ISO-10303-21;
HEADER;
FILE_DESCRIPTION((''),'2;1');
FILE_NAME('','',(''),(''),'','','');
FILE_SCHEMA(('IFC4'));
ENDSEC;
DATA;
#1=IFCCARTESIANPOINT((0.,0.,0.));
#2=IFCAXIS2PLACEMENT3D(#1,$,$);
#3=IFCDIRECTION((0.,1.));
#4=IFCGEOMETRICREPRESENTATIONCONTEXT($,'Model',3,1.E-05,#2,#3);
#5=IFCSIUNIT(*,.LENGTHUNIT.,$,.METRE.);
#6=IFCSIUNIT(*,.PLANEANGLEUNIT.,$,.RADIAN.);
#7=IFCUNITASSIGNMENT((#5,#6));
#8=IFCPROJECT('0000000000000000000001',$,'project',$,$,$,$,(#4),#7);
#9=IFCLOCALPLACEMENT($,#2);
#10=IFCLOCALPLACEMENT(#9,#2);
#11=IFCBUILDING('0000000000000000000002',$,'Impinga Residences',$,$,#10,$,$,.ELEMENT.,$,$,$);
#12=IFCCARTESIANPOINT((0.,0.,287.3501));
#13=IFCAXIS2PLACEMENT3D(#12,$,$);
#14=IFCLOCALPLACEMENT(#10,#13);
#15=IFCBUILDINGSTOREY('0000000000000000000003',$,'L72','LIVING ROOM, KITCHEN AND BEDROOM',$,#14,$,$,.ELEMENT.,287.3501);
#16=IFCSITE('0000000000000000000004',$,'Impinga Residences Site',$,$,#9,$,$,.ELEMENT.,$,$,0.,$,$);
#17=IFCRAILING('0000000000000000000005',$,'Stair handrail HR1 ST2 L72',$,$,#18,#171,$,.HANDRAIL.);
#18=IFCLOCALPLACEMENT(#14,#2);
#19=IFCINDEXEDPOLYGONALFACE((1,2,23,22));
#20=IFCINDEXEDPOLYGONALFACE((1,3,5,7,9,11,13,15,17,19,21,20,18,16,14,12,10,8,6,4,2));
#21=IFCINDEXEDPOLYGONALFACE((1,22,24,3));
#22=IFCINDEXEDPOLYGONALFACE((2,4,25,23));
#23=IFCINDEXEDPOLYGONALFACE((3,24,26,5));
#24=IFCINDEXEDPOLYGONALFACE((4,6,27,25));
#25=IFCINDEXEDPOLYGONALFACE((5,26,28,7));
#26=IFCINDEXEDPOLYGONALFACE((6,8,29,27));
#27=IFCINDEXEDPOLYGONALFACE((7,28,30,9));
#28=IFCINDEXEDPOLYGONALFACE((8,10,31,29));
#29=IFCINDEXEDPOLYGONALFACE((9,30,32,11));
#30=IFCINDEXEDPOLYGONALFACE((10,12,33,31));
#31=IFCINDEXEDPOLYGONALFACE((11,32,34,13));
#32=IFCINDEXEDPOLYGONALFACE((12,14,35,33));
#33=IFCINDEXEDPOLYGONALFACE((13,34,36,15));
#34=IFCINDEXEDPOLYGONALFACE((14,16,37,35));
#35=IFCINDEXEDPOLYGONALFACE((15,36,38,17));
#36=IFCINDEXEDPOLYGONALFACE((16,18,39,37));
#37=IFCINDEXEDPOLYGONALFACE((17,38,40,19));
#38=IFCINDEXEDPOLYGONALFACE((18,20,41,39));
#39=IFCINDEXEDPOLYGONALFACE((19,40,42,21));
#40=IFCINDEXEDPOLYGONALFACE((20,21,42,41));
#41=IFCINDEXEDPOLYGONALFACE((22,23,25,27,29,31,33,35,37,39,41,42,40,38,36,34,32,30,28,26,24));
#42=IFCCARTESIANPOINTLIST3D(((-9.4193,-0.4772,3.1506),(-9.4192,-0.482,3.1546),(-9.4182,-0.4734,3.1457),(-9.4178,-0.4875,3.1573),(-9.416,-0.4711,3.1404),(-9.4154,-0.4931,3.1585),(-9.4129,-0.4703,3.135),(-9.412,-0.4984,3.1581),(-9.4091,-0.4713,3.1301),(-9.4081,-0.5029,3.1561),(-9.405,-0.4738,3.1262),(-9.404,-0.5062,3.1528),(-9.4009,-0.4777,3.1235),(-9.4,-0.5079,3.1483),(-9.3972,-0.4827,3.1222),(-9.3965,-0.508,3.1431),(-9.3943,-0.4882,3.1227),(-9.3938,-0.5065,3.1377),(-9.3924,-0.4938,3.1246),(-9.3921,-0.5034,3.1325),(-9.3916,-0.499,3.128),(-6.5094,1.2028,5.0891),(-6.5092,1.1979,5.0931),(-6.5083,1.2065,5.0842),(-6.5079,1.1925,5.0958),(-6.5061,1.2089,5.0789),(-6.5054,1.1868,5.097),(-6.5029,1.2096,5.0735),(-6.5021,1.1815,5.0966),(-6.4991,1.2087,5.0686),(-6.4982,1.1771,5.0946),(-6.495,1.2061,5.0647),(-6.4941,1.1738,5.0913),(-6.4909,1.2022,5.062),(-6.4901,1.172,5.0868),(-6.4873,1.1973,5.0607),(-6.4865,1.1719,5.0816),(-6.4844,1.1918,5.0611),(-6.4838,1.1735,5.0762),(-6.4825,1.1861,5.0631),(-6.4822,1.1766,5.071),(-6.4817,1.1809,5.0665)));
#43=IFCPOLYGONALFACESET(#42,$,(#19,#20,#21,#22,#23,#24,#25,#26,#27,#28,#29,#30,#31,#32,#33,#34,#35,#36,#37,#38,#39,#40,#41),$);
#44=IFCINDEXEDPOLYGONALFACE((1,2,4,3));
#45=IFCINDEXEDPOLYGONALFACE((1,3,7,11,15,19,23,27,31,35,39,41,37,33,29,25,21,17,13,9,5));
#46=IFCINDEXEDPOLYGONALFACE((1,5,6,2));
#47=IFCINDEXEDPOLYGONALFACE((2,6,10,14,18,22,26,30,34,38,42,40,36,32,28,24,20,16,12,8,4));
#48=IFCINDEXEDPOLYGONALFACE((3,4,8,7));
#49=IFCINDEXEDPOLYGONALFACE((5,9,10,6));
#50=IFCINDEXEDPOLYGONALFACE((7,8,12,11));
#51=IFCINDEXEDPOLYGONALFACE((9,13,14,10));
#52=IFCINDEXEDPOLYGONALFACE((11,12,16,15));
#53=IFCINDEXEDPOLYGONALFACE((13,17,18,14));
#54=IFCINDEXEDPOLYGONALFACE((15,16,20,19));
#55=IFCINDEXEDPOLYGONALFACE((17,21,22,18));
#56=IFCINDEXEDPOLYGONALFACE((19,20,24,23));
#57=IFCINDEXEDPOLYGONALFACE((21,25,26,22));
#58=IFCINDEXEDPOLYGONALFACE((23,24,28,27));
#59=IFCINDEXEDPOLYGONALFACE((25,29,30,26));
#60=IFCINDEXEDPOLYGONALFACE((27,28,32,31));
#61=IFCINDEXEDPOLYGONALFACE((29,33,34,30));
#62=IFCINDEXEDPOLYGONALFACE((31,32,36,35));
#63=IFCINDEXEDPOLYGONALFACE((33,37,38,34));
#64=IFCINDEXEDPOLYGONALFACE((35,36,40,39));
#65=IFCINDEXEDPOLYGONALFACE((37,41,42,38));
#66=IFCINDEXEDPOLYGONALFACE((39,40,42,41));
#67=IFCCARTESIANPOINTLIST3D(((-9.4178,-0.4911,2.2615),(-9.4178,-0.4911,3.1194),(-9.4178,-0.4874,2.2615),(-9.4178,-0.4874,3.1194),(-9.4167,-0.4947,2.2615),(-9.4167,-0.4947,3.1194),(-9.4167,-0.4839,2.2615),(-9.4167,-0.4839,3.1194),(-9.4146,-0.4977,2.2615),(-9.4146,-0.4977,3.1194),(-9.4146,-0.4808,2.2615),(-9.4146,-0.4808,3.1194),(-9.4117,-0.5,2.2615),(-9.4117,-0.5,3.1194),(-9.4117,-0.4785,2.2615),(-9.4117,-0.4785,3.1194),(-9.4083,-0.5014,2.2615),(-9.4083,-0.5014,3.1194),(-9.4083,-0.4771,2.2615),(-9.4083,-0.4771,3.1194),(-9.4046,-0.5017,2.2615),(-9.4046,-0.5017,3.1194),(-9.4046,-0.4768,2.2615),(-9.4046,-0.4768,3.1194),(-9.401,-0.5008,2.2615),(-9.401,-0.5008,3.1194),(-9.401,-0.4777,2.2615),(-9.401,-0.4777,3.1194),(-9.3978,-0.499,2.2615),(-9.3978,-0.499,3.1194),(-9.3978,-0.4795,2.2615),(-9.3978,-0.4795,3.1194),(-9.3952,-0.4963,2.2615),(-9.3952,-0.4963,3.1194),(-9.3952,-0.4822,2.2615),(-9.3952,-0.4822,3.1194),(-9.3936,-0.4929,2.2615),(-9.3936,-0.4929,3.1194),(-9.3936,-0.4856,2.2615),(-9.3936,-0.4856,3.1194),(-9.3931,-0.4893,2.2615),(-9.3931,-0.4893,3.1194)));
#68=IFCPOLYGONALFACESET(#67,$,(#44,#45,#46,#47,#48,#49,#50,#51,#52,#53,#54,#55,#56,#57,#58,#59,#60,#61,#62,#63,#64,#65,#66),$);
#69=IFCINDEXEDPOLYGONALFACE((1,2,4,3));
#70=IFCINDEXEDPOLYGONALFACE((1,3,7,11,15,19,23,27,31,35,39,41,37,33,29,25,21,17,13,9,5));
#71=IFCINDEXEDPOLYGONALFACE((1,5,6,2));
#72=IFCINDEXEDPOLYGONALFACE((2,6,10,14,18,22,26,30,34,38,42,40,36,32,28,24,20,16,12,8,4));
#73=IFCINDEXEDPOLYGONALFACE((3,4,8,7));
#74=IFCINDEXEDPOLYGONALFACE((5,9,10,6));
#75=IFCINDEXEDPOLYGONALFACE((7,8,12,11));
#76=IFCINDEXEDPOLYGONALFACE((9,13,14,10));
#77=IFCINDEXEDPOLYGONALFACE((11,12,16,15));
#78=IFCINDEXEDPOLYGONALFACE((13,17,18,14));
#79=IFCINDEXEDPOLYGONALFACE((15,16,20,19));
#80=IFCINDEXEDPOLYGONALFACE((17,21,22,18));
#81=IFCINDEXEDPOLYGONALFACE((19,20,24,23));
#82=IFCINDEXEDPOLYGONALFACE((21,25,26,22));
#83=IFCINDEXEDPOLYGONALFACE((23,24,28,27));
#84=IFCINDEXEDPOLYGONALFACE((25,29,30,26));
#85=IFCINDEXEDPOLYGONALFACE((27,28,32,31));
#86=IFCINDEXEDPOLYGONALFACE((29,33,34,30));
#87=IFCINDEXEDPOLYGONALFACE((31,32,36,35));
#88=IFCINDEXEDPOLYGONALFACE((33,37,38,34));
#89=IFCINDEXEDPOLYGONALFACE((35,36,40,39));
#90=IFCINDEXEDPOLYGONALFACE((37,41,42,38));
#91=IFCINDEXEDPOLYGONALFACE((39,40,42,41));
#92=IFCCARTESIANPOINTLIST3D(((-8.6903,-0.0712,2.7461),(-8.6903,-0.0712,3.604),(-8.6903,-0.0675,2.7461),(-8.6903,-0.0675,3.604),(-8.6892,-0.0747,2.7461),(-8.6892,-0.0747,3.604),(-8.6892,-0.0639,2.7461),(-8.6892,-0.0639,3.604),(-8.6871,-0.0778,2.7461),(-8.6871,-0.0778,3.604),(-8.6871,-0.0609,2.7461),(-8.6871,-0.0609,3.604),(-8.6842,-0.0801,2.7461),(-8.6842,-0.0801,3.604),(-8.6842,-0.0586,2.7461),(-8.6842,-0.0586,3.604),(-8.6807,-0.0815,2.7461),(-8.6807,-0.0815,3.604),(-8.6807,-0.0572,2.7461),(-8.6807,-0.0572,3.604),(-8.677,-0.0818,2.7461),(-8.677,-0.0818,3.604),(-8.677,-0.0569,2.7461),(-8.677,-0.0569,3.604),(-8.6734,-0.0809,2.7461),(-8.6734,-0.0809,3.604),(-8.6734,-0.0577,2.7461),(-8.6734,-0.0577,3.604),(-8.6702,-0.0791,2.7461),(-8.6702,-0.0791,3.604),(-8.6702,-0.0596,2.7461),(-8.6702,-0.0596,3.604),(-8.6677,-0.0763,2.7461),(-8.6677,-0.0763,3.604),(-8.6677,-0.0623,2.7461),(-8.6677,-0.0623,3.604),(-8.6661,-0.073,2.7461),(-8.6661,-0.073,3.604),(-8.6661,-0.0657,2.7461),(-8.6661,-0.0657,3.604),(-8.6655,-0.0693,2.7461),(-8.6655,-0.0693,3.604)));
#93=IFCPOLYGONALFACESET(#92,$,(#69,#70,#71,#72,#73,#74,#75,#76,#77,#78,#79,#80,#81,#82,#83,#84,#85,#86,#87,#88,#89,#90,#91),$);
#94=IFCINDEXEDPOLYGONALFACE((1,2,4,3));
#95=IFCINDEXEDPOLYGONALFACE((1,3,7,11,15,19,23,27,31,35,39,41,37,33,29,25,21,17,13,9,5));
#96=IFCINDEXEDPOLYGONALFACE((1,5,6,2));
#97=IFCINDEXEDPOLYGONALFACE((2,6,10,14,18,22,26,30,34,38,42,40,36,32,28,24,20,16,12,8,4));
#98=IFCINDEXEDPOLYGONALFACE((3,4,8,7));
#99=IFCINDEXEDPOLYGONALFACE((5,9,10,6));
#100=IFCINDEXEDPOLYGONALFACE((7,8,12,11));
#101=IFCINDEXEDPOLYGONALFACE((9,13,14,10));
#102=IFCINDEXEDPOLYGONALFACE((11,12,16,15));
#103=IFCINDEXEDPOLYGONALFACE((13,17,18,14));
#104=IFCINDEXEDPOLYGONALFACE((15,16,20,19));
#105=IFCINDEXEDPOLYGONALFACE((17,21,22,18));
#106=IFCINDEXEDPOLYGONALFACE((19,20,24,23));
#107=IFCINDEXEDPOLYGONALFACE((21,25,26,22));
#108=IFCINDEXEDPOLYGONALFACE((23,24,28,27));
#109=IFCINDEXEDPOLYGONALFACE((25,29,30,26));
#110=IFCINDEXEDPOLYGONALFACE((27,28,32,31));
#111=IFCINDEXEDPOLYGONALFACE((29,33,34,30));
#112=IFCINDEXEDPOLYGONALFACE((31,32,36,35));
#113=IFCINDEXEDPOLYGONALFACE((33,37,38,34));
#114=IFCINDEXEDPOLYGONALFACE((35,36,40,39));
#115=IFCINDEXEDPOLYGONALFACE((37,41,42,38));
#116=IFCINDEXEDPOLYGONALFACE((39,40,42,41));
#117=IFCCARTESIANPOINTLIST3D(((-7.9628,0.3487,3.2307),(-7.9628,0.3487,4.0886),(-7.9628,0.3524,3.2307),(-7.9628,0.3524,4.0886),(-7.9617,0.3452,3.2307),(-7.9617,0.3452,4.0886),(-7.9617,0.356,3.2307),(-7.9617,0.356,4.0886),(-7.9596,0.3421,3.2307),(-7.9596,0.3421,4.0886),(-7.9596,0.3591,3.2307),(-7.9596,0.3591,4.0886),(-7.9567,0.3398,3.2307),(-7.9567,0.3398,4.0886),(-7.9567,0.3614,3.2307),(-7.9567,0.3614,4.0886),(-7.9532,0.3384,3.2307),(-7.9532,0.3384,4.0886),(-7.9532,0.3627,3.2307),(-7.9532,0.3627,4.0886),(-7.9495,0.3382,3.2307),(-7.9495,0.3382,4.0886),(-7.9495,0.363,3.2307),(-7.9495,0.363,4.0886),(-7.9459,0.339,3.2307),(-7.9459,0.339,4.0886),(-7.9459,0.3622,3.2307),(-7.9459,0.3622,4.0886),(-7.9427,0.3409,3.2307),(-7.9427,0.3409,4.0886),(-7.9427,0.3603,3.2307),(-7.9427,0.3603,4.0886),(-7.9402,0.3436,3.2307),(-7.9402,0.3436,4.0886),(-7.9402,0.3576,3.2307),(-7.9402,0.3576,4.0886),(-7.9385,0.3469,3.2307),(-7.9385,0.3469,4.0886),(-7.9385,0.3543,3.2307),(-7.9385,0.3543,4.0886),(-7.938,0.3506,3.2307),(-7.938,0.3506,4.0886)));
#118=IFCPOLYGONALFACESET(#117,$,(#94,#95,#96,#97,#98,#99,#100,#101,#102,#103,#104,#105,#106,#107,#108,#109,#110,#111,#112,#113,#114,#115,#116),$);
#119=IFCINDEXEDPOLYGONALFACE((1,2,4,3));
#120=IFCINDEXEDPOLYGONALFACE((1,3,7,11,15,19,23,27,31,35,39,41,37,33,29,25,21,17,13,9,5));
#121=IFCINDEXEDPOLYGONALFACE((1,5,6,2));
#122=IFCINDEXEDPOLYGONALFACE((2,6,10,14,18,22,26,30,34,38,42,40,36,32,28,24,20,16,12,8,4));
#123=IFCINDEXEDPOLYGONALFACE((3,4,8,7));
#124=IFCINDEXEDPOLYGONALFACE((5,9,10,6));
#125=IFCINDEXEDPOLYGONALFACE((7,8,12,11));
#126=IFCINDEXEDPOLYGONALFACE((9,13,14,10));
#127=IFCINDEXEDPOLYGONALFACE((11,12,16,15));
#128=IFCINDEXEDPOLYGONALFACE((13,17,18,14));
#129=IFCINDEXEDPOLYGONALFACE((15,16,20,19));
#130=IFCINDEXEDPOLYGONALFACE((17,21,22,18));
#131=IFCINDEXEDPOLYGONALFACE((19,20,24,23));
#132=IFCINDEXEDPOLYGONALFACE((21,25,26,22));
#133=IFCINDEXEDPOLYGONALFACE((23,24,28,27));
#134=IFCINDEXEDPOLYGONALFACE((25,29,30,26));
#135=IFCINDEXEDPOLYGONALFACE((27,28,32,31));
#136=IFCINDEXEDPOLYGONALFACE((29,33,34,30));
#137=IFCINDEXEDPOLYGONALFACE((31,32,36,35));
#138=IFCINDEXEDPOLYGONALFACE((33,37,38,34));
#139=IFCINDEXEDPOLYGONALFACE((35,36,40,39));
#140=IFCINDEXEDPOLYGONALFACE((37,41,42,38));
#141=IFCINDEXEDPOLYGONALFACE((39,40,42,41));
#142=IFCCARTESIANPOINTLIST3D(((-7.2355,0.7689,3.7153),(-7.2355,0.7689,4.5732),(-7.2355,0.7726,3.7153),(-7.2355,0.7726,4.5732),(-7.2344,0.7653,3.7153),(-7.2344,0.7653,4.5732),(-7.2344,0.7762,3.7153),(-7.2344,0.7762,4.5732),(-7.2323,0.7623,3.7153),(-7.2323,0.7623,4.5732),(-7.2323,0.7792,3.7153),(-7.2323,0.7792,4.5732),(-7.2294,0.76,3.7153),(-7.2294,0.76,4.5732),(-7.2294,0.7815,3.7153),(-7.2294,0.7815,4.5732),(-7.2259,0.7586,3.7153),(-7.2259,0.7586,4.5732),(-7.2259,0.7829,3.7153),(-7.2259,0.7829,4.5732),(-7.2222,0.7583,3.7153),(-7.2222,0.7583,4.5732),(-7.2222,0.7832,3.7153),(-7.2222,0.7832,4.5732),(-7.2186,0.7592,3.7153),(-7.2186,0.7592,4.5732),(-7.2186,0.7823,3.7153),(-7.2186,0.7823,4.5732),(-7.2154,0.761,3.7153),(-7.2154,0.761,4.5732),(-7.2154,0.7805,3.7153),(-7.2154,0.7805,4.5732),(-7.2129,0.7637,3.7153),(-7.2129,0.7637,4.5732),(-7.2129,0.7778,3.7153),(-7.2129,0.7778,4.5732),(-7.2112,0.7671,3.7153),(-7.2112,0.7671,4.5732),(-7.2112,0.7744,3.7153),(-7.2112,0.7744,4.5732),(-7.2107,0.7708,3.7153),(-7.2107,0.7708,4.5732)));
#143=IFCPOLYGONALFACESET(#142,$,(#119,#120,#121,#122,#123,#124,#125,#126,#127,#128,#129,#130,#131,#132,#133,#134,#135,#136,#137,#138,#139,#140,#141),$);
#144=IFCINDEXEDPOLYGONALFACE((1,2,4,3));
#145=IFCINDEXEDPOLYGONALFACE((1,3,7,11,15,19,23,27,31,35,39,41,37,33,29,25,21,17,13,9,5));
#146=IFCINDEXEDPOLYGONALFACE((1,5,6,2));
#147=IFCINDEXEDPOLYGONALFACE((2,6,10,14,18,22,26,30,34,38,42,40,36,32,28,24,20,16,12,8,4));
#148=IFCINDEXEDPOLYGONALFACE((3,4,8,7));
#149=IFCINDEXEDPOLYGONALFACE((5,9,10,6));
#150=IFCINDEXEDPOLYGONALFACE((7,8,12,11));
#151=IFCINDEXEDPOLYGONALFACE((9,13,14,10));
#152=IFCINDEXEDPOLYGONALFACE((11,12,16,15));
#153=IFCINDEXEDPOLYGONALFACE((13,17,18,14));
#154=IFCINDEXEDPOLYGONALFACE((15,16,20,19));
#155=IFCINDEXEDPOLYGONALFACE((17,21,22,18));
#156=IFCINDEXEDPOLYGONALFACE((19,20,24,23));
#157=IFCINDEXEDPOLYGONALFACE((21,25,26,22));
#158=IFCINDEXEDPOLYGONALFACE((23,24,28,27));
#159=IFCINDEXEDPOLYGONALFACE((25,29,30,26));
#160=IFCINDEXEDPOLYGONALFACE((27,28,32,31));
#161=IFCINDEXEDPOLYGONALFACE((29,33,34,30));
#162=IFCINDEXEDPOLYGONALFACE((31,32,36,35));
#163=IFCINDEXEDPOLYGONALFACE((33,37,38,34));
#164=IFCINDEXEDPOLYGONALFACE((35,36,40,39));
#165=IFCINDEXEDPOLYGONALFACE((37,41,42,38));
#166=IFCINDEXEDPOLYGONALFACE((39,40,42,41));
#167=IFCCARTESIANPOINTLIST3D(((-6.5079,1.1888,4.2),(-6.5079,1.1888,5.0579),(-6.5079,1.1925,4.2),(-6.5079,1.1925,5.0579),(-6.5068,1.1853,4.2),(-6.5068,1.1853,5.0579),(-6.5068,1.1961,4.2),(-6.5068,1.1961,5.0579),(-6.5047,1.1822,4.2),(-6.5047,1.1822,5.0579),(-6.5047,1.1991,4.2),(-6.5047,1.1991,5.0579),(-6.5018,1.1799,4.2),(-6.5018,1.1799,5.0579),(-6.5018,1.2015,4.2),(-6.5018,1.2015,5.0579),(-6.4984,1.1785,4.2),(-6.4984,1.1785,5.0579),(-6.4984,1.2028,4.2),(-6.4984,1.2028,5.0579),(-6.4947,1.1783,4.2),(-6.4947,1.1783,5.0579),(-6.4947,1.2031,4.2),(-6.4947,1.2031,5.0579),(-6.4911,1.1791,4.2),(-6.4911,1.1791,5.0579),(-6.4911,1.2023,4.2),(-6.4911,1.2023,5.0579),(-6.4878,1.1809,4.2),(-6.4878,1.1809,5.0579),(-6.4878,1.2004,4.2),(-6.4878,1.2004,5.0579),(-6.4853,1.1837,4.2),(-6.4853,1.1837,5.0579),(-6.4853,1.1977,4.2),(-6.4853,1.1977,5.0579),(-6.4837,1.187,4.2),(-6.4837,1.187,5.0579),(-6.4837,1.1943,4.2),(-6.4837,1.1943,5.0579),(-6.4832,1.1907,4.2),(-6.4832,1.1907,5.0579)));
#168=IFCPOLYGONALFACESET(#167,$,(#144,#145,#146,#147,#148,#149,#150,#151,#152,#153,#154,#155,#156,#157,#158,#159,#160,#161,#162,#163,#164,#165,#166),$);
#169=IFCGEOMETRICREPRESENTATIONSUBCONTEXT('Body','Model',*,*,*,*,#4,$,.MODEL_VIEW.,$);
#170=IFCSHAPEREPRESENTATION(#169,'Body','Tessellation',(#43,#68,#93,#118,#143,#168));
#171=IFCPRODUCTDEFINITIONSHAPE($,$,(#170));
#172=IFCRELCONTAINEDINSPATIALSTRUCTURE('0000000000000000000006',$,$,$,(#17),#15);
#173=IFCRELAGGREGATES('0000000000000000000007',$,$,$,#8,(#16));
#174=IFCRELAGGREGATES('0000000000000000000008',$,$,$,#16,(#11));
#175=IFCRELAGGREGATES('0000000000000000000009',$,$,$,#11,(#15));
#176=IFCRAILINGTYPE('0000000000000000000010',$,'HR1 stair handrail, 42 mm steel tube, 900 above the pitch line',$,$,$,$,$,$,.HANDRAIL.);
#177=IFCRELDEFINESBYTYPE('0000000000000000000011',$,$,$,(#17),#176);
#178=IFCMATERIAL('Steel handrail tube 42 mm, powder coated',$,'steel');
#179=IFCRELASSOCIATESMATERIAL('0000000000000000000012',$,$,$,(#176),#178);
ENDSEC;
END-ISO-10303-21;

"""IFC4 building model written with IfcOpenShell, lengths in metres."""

from ifc_helpers import new_model, si_unit, direction, frame, origin, origin_2d, place, context, subcontext, project, spatial, circle, extrude, material, type_object, element, save


model = new_model("IFC4")

# Units and contexts
model_context = context("Model", 3, precision=1e-05, world=origin(), true_north=direction((0.0, 1.0)))
body_context = subcontext(model_context, "Body", "Model", "MODEL_VIEW")
ifc_project = project(units=[si_unit("LENGTHUNIT", "METRE"), si_unit("PLANEANGLEUNIT", "RADIAN")], contexts=[model_context])

# Site, building, storey
site_placement = place(None, origin())
site = spatial("IfcSite", under=ifc_project, at=site_placement, Name="Impinga Residences Site", CompositionType="ELEMENT", RefElevation=0.0)
building_placement = place(site_placement, origin())
building = spatial("IfcBuilding", under=site, at=building_placement, Name="Impinga Residences", CompositionType="ELEMENT")
storey_placement = place(building_placement, frame((0.0, 0.0, 287.3501)))
storey = spatial("IfcBuildingStorey", under=building, at=storey_placement, Name="L72", Description="LIVING ROOM, KITCHEN AND BEDROOM", CompositionType="ELEMENT", Elevation=287.3501)

# Railing
ifc_material_1 = material(Name="Steel handrail tube 42 mm, powder coated", Category="steel")
railing_type_1 = type_object("IfcRailingType", Name="HR1 stair handrail, 42 mm steel tube, 900 above the pitch line", PredefinedType="HANDRAIL", material=ifc_material_1)
railing_1_placement = place(storey_placement, frame((-9.4055, -0.4893, 2.2615)))
element("IfcRailing", 1, at=railing_1_placement, inside=storey, type_object=railing_type_1, Name="Stair handrail HR1 ST2 L72", PredefinedType="HANDRAIL", context=body_context, shape_type="SweptSolid", body=[
    extrude(circle(Radius=0.021, at=origin_2d()), frame((0.0, 0.0, 0.8789), z_axis=(0.750151, 0.433072, 0.499723), x_axis=(-0.499976, 0.866039, 0.0)), (0.0, 0.0, 1.0), 3.8792),
    extrude(circle(Radius=0.0125, at=origin_2d()), origin(), (0.0, 0.0, 1.0), 0.8579),
    extrude(circle(Radius=0.0125, at=origin_2d()), frame((0.7275, 0.4199, 0.4846)), (0.0, 0.0, 1.0), 0.8579),
    extrude(circle(Radius=0.0125, at=origin_2d()), frame((1.4551, 0.8398, 0.9692)), (0.0, 0.0, 1.0), 0.8579),
    extrude(circle(Radius=0.0125, at=origin_2d()), frame((2.1824, 1.26, 1.4539)), (0.0, 0.0, 1.0), 0.8579),
    extrude(circle(Radius=0.0125, at=origin_2d()), frame((2.9099, 1.6799, 1.9385)), (0.0, 0.0, 1.0), 0.8579),
])

save(model, "model.ifc")
